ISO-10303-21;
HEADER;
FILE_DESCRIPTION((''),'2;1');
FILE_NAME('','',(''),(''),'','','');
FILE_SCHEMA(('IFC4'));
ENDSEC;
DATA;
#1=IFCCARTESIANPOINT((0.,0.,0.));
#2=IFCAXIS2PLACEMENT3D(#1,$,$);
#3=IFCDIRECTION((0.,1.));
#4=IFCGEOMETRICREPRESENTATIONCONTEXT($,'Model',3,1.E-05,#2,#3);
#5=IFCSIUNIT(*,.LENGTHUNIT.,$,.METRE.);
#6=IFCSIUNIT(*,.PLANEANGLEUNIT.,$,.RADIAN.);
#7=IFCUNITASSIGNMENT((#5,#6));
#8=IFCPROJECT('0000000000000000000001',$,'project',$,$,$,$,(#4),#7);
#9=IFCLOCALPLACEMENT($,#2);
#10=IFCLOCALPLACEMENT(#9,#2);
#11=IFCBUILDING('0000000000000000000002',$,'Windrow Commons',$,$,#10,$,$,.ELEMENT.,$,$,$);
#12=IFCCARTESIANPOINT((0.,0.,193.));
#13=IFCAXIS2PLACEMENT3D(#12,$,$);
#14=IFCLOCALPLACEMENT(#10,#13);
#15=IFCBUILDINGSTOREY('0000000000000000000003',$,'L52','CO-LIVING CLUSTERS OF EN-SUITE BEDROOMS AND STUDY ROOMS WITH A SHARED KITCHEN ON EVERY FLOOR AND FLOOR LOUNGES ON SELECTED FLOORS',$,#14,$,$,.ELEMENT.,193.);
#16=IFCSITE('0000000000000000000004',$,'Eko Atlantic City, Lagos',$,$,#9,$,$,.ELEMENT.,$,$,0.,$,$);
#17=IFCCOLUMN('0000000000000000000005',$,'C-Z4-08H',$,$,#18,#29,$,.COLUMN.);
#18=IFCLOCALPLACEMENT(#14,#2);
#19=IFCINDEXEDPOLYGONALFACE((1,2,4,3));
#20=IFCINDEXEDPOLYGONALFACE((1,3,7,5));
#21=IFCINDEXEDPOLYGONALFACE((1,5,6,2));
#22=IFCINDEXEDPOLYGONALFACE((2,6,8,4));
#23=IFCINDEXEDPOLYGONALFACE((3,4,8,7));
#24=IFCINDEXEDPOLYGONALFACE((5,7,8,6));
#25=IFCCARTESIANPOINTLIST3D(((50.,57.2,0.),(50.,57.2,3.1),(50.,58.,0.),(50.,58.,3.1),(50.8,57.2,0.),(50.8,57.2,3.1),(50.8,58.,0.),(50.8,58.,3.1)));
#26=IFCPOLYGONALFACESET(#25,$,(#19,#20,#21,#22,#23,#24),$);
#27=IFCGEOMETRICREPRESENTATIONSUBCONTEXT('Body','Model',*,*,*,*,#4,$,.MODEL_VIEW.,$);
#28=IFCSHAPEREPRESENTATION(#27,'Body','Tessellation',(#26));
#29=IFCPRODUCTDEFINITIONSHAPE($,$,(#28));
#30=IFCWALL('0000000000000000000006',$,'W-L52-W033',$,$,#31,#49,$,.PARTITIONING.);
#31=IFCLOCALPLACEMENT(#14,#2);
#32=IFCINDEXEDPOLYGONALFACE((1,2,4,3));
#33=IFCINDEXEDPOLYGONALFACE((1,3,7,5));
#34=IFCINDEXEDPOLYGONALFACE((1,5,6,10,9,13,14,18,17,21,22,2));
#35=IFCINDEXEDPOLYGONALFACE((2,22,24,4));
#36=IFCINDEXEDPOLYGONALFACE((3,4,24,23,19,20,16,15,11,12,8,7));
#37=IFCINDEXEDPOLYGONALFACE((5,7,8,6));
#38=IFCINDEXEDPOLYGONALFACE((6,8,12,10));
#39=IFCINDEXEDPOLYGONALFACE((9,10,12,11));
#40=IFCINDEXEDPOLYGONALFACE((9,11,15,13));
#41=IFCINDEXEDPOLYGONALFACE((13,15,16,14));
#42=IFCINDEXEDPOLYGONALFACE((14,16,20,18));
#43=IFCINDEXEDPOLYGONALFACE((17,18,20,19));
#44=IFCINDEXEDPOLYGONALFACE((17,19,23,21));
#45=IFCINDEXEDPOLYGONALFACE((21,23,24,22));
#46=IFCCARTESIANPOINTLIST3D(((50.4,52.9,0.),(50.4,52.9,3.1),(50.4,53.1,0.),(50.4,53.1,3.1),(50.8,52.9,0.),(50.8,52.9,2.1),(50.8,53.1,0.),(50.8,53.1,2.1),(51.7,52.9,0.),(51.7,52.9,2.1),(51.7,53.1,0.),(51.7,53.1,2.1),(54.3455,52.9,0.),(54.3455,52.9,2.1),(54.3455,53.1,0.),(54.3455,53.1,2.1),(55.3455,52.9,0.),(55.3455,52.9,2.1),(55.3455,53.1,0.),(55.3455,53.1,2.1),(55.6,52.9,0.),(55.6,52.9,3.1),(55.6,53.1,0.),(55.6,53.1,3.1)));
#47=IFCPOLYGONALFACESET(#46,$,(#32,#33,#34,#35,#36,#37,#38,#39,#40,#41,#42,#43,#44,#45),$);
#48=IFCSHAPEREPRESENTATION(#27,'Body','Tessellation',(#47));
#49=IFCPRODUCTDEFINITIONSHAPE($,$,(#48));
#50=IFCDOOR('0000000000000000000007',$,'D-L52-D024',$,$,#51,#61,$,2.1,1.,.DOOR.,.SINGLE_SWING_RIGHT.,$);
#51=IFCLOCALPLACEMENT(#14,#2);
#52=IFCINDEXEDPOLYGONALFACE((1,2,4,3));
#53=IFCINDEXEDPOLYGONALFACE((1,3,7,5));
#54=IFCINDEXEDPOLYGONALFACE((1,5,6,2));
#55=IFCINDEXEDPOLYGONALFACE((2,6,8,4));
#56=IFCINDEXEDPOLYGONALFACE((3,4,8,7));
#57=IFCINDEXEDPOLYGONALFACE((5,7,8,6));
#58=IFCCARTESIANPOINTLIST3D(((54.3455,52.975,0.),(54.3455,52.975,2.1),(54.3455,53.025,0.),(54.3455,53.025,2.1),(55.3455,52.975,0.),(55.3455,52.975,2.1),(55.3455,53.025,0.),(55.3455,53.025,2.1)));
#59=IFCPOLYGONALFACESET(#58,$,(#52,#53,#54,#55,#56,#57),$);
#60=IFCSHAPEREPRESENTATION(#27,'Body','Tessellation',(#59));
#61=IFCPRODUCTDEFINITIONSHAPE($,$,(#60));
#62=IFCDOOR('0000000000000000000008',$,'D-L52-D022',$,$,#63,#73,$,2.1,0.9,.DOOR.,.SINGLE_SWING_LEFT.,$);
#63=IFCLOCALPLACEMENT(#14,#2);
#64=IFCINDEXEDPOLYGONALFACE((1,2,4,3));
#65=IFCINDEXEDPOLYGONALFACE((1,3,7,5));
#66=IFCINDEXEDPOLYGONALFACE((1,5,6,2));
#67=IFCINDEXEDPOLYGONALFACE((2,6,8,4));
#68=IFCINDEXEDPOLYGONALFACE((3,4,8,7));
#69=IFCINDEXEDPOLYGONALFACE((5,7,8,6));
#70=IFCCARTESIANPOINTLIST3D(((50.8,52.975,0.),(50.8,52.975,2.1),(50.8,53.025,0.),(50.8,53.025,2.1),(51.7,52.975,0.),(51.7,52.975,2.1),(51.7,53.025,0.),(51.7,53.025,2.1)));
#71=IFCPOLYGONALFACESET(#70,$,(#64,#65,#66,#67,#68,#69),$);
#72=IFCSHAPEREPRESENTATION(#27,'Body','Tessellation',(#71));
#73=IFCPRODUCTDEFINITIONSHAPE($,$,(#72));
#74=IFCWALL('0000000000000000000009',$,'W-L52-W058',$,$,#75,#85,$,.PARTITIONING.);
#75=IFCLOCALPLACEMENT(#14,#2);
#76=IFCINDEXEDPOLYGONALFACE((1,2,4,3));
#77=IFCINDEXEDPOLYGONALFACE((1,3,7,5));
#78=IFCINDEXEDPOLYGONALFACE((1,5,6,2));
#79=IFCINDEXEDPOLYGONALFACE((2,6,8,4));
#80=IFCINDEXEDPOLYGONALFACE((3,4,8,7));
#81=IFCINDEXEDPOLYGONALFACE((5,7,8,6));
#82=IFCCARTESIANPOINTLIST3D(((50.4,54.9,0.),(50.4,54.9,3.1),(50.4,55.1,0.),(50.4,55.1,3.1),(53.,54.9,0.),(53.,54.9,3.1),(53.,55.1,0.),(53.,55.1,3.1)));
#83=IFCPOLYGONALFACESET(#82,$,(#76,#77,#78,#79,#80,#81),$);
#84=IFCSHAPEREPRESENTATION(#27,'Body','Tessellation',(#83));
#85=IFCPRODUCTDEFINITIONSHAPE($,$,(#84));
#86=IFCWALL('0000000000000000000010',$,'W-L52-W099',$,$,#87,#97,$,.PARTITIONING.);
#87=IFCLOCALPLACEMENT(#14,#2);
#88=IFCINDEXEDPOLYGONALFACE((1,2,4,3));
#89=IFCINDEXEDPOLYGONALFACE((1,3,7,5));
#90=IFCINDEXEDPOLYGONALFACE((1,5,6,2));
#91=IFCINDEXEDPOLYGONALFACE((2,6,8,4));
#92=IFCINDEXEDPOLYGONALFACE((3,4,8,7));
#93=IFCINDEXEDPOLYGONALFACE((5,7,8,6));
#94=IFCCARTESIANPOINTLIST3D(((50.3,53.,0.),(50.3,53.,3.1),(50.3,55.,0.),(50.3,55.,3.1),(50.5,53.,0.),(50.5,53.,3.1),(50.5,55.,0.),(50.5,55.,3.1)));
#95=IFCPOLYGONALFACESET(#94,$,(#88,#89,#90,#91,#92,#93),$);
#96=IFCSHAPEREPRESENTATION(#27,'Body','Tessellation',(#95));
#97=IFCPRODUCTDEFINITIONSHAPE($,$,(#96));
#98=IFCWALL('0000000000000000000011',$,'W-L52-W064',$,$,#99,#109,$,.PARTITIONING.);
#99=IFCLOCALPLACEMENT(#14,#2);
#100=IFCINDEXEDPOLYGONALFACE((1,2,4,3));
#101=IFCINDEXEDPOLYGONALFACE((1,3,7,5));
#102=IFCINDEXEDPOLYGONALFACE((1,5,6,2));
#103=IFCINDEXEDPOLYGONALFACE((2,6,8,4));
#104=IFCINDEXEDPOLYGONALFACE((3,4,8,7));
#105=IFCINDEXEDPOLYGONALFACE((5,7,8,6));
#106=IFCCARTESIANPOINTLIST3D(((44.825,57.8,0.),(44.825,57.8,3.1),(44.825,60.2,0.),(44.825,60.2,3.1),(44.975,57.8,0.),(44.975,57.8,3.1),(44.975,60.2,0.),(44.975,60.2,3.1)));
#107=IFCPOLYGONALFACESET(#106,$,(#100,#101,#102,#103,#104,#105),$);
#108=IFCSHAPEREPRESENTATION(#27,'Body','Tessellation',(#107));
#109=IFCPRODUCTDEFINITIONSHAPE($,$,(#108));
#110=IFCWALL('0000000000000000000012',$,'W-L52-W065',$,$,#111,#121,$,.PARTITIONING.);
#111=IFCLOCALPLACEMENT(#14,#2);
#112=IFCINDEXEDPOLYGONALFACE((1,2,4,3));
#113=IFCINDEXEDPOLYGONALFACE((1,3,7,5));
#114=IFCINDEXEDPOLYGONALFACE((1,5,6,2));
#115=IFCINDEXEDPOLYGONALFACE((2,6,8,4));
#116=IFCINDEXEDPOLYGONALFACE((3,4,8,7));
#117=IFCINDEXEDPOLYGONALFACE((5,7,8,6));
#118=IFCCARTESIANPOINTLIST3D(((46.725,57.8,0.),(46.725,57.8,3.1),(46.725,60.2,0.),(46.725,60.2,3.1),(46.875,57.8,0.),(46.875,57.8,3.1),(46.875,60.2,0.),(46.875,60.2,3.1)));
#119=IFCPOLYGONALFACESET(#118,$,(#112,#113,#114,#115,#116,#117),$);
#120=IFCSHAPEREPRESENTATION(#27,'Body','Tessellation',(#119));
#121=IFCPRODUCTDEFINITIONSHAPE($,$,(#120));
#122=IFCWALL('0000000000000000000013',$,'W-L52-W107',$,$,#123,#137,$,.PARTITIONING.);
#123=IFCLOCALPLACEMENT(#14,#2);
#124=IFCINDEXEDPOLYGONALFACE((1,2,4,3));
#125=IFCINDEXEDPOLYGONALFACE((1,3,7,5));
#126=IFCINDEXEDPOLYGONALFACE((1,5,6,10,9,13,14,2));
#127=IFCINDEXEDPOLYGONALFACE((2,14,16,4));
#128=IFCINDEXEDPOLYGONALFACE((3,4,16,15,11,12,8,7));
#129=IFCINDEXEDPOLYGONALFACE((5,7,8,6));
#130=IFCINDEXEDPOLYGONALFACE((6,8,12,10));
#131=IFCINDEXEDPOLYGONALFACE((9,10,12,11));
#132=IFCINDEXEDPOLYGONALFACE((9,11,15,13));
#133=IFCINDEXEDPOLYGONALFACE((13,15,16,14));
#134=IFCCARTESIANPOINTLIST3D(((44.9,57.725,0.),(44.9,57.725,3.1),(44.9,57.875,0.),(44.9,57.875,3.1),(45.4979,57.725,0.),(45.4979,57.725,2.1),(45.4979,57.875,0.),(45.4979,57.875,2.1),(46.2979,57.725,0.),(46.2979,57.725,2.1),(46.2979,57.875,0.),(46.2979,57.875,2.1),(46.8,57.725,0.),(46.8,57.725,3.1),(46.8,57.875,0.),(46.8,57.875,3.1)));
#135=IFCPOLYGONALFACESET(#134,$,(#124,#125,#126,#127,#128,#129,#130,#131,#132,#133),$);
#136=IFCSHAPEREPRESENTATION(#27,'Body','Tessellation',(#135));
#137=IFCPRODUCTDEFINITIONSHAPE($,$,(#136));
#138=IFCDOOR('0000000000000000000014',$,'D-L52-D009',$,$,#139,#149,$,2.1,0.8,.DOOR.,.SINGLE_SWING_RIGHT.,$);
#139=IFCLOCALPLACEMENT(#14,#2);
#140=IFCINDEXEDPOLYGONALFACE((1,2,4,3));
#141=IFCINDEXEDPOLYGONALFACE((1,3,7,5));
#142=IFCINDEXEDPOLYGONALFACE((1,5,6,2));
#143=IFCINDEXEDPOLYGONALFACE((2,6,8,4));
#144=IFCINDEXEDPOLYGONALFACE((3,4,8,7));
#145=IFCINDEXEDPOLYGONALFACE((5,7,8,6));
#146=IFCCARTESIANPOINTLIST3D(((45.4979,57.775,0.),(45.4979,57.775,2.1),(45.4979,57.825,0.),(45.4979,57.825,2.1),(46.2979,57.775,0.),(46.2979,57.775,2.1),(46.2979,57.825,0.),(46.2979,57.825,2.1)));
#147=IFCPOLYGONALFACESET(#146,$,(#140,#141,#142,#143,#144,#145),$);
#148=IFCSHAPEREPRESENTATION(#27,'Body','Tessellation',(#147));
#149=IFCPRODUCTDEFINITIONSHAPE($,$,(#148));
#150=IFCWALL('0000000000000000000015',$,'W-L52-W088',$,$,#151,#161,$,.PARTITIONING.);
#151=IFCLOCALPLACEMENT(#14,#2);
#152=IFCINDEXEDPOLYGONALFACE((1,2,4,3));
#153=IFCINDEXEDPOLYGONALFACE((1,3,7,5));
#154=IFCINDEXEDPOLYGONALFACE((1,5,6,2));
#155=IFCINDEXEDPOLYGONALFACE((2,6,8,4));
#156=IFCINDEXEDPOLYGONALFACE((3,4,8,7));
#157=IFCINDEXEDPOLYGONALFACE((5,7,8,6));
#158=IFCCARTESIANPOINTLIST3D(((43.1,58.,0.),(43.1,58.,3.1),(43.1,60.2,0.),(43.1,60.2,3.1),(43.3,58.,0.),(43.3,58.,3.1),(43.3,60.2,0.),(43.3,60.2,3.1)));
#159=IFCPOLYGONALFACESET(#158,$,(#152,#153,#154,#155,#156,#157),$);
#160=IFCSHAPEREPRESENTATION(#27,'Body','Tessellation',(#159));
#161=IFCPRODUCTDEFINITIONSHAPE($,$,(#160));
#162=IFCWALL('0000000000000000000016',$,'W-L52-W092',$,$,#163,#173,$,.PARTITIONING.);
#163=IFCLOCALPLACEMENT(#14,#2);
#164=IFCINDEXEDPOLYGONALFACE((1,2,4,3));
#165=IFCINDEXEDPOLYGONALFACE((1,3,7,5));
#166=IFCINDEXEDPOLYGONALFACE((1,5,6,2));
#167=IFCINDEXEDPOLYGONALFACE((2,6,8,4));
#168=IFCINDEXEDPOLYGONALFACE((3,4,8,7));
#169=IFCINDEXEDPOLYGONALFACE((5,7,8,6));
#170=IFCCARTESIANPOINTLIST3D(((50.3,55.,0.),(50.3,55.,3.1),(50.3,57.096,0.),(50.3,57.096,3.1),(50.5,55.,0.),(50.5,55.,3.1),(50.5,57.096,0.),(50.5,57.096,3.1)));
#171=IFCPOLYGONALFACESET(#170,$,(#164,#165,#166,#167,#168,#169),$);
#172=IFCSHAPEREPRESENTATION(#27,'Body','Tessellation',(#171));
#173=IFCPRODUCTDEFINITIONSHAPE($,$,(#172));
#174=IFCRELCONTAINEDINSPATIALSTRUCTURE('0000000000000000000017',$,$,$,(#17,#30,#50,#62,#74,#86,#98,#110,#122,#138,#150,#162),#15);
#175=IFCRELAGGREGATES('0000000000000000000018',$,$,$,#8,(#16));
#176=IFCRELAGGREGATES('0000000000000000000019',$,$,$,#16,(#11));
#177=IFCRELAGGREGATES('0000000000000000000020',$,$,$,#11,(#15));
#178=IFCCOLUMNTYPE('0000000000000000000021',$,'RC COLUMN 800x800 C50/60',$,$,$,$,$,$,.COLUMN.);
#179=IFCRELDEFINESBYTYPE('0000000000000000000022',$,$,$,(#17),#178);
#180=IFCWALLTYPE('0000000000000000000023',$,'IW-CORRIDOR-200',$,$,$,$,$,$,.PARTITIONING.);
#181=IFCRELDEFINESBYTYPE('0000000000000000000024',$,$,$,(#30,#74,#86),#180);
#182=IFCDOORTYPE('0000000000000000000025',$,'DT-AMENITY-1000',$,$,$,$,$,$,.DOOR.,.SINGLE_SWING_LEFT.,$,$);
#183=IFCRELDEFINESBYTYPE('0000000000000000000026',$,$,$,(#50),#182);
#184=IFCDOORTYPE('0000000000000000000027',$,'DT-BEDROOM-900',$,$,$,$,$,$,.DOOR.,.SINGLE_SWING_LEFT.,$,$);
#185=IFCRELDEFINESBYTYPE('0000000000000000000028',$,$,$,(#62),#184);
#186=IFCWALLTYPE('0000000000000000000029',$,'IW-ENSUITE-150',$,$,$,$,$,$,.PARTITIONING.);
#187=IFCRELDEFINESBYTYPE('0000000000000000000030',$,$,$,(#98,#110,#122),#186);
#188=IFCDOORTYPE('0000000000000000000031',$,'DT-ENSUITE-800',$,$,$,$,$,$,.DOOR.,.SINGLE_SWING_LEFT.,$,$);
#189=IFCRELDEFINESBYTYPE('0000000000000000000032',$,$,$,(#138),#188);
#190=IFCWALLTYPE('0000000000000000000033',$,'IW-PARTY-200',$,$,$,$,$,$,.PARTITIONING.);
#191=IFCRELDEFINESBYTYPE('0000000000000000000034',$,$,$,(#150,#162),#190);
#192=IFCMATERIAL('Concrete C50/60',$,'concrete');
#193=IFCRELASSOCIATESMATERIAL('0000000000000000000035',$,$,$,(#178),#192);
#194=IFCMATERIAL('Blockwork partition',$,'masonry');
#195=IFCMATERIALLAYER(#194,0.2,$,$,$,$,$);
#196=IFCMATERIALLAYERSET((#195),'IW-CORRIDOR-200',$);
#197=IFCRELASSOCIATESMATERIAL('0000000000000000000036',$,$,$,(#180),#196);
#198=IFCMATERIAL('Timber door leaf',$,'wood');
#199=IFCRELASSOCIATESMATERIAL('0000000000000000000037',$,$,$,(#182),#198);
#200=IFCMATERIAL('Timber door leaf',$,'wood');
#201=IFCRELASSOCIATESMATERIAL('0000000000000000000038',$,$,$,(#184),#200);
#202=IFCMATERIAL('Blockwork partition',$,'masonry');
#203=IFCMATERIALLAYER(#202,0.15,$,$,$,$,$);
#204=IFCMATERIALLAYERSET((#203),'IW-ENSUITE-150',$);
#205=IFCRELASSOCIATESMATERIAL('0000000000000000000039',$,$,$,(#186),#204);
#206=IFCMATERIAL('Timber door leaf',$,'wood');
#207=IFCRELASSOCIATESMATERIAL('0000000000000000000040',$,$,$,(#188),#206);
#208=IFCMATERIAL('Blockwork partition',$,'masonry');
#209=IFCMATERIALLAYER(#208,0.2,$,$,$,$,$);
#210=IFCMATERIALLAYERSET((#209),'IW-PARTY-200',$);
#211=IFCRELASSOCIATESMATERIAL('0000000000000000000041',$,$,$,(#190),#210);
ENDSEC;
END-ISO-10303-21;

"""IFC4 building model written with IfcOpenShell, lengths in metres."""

from ifc_helpers import new_model, si_unit, direction, frame, frame_2d, origin, origin_2d, place, context, subcontext, project, spatial, rectangle, extrude, material, layer, layer_set, material_profile, profile_set, type_object, element, fill, save


model = new_model("IFC4")

# Units and contexts
model_context = context("Model", 3, precision=1e-05, world=origin(), true_north=direction((0.0, 1.0)))
body_context = subcontext(model_context, "Body", "Model", "MODEL_VIEW")
ifc_project = project(units=[si_unit("LENGTHUNIT", "METRE"), si_unit("PLANEANGLEUNIT", "RADIAN")], contexts=[model_context])

# Site, building, storey
site_placement = place(None, origin())
site = spatial("IfcSite", under=ifc_project, at=site_placement, Name="Eko Atlantic City, Lagos", CompositionType="ELEMENT", RefElevation=0.0)
building_placement = place(site_placement, origin())
building = spatial("IfcBuilding", under=site, at=building_placement, Name="Windrow Commons", CompositionType="ELEMENT")
storey_placement = place(building_placement, frame((0.0, 0.0, 193.0)))
storey = spatial("IfcBuildingStorey", under=building, at=storey_placement, Name="L52", Description="CO-LIVING CLUSTERS OF EN-SUITE BEDROOMS AND STUDY ROOMS WITH A SHARED KITCHEN ON EVERY FLOOR AND FLOOR LOUNGES ON SELECTED FLOORS", CompositionType="ELEMENT", Elevation=193.0)

# Column
ifc_material_1 = material(Name="Concrete C50/60", Category="concrete")
ifc_material_profile = material_profile(ifc_material_1, rectangle(XDim=0.8, YDim=0.8, at=origin_2d()))
ifc_profile_set = profile_set([ifc_material_profile], Name="Concrete C50/60")
column_type = type_object("IfcColumnType", Name="RC COLUMN 800x800 C50/60", PredefinedType="COLUMN", material=ifc_profile_set)
column_placement = place(storey_placement, frame((50.4, 57.6, 0.0), z_axis=(0.0, 0.0, 1.0), x_axis=(1.0, 0.0, 0.0)))
element("IfcColumn", 1, at=column_placement, inside=storey, type_object=column_type, Name="C-Z4-08H", PredefinedType="COLUMN", context=body_context, shape_type="SweptSolid", body=[
    extrude(rectangle(XDim=0.8, YDim=0.8, at=origin_2d()), origin(), (0.0, 0.0, 1.0), 3.1),
])

# Wall, openings, doors
ifc_material_2 = material(Name="Blockwork partition", Category="masonry")
ifc_layer_1 = layer(ifc_material_2, 0.2)
ifc_layer_set_1 = layer_set([ifc_layer_1], Name="IW-CORRIDOR-200")
wall_type_1 = type_object("IfcWallType", Name="IW-CORRIDOR-200", PredefinedType="PARTITIONING", material=ifc_layer_set_1)
wall_1_placement = place(storey_placement, frame((50.4, 53.0, 0.0), z_axis=(0.0, 0.0, 1.0), x_axis=(1.0, 0.0, 0.0)))
wall_1 = element("IfcWall", 2, at=wall_1_placement, inside=storey, type_object=wall_type_1, Name="W-L52-W033", PredefinedType="PARTITIONING", context=body_context, shape_type="SweptSolid", body=[
    extrude(rectangle(XDim=5.2, YDim=0.2, at=frame_2d((2.6, 0.0))), origin(), (0.0, 0.0, 1.0), 3.1),
])
opening_1_placement = place(wall_1_placement, frame((0.4, 0.0, 0.0)))
opening_1 = element("IfcOpeningElement", 3, at=opening_1_placement, cuts=wall_1, PredefinedType="OPENING", context=body_context, shape_type="SweptSolid", body=[
    extrude(rectangle(XDim=0.9, YDim=2.1, at=frame_2d((0.45, 1.05))), frame((0.0, 0.11, 0.0), z_axis=(0.0, -1.0, 0.0), x_axis=(1.0, 0.0, 0.0)), (0.0, 0.0, 1.0), 0.22),
])
opening_2_placement = place(wall_1_placement, frame((3.9455, 0.0, 0.0)))
opening_2 = element("IfcOpeningElement", 4, at=opening_2_placement, cuts=wall_1, PredefinedType="OPENING", context=body_context, shape_type="SweptSolid", body=[
    extrude(rectangle(XDim=1.0, YDim=2.1, at=frame_2d((0.5, 1.05))), frame((0.0, 0.11, 0.0), z_axis=(0.0, -1.0, 0.0), x_axis=(1.0, 0.0, 0.0)), (0.0, 0.0, 1.0), 0.22),
])
ifc_material_3 = material(Name="Timber door leaf", Category="wood")
door_type_1 = type_object("IfcDoorType", Name="DT-AMENITY-1000", OperationType="SINGLE_SWING_LEFT", PredefinedType="DOOR", material=ifc_material_3)
door_1_placement = place(opening_2_placement, origin())
door_1 = element("IfcDoor", 5, at=door_1_placement, inside=storey, type_object=door_type_1, Name="D-L52-D024", OperationType="SINGLE_SWING_RIGHT", OverallHeight=2.1, OverallWidth=1.0, PredefinedType="DOOR", context=body_context, shape_type="SweptSolid", body=[
    extrude(rectangle(XDim=1.0, YDim=2.1, at=frame_2d((0.5, 1.05))), frame((0.0, 0.025, 0.0), z_axis=(0.0, -1.0, 0.0), x_axis=(1.0, 0.0, 0.0)), (0.0, 0.0, 1.0), 0.05),
])
fill(opening_2, door_1)
ifc_material_4 = material(Name="Timber door leaf", Category="wood")
door_type_2 = type_object("IfcDoorType", Name="DT-BEDROOM-900", OperationType="SINGLE_SWING_LEFT", PredefinedType="DOOR", material=ifc_material_4)
door_2_placement = place(opening_1_placement, origin())
door_2 = element("IfcDoor", 6, at=door_2_placement, inside=storey, type_object=door_type_2, Name="D-L52-D022", OperationType="SINGLE_SWING_LEFT", OverallHeight=2.1, OverallWidth=0.9, PredefinedType="DOOR", context=body_context, shape_type="SweptSolid", body=[
    extrude(rectangle(XDim=0.9, YDim=2.1, at=frame_2d((0.45, 1.05))), frame((0.0, 0.025, 0.0), z_axis=(0.0, -1.0, 0.0), x_axis=(1.0, 0.0, 0.0)), (0.0, 0.0, 1.0), 0.05),
])
fill(opening_1, door_2)

# Walls
wall_2_placement = place(storey_placement, frame((50.4, 55.0, 0.0), z_axis=(0.0, 0.0, 1.0), x_axis=(1.0, 0.0, 0.0)))
element("IfcWall", 7, at=wall_2_placement, inside=storey, type_object=wall_type_1, Name="W-L52-W058", PredefinedType="PARTITIONING", context=body_context, shape_type="SweptSolid", body=[
    extrude(rectangle(XDim=2.6, YDim=0.2, at=frame_2d((1.3, 0.0))), origin(), (0.0, 0.0, 1.0), 3.1),
])
wall_3_placement = place(storey_placement, frame((50.4, 53.0, 0.0), z_axis=(0.0, 0.0, 1.0), x_axis=(0.0, 1.0, 0.0)))
element("IfcWall", 8, at=wall_3_placement, inside=storey, type_object=wall_type_1, Name="W-L52-W099", PredefinedType="PARTITIONING", context=body_context, shape_type="SweptSolid", body=[
    extrude(rectangle(XDim=2.0, YDim=0.2, at=frame_2d((1.0, 0.0))), origin(), (0.0, 0.0, 1.0), 3.1),
])
ifc_material_5 = material(Name="Blockwork partition", Category="masonry")
ifc_layer_2 = layer(ifc_material_5, 0.15)
ifc_layer_set_2 = layer_set([ifc_layer_2], Name="IW-ENSUITE-150")
wall_type_2 = type_object("IfcWallType", Name="IW-ENSUITE-150", PredefinedType="PARTITIONING", material=ifc_layer_set_2)
for number, where, z_axis, x_axis, name in (
    (9, (44.9, 57.8, 0.0), (0.0, 0.0, 1.0), (0.0, 1.0, 0.0), "W-L52-W064"),
    (10, (46.8, 57.8, 0.0), (0.0, 0.0, 1.0), (0.0, 1.0, 0.0), "W-L52-W065"),
):
    element("IfcWall", number, at=place(storey_placement, frame(where, z_axis=z_axis, x_axis=x_axis)), inside=storey, type_object=wall_type_2, Name=name, PredefinedType="PARTITIONING", context=body_context, shape_type="SweptSolid", body=[
        extrude(rectangle(XDim=2.4, YDim=0.15, at=frame_2d((1.2, 0.0))), origin(), (0.0, 0.0, 1.0), 3.1),
    ])

# Wall, opening, door
wall_4_placement = place(storey_placement, frame((44.9, 57.8, 0.0), z_axis=(0.0, 0.0, 1.0), x_axis=(1.0, 0.0, 0.0)))
wall_4 = element("IfcWall", 11, at=wall_4_placement, inside=storey, type_object=wall_type_2, Name="W-L52-W107", PredefinedType="PARTITIONING", context=body_context, shape_type="SweptSolid", body=[
    extrude(rectangle(XDim=1.9, YDim=0.15, at=frame_2d((0.95, 0.0))), origin(), (0.0, 0.0, 1.0), 3.1),
])
opening_3_placement = place(wall_4_placement, frame((0.5979, 0.0, 0.0)))
opening_3 = element("IfcOpeningElement", 12, at=opening_3_placement, cuts=wall_4, PredefinedType="OPENING", context=body_context, shape_type="SweptSolid", body=[
    extrude(rectangle(XDim=0.8, YDim=2.1, at=frame_2d((0.4, 1.05))), frame((0.0, 0.085, 0.0), z_axis=(0.0, -1.0, 0.0), x_axis=(1.0, 0.0, 0.0)), (0.0, 0.0, 1.0), 0.17),
])
ifc_material_6 = material(Name="Timber door leaf", Category="wood")
door_type_3 = type_object("IfcDoorType", Name="DT-ENSUITE-800", OperationType="SINGLE_SWING_LEFT", PredefinedType="DOOR", material=ifc_material_6)
door_3_placement = place(opening_3_placement, origin())
door_3 = element("IfcDoor", 13, at=door_3_placement, inside=storey, type_object=door_type_3, Name="D-L52-D009", OperationType="SINGLE_SWING_RIGHT", OverallHeight=2.1, OverallWidth=0.8, PredefinedType="DOOR", context=body_context, shape_type="SweptSolid", body=[
    extrude(rectangle(XDim=0.8, YDim=2.1, at=frame_2d((0.4, 1.05))), frame((0.0, 0.025, 0.0), z_axis=(0.0, -1.0, 0.0), x_axis=(1.0, 0.0, 0.0)), (0.0, 0.0, 1.0), 0.05),
])
fill(opening_3, door_3)

# Walls
ifc_material_7 = material(Name="Blockwork partition", Category="masonry")
ifc_layer_3 = layer(ifc_material_7, 0.2)
ifc_layer_set_3 = layer_set([ifc_layer_3], Name="IW-PARTY-200")
wall_type_3 = type_object("IfcWallType", Name="IW-PARTY-200", PredefinedType="PARTITIONING", material=ifc_layer_set_3)
wall_5_placement = place(storey_placement, frame((43.2, 58.0, 0.0), z_axis=(0.0, 0.0, 1.0), x_axis=(0.0, 1.0, 0.0)))
element("IfcWall", 14, at=wall_5_placement, inside=storey, type_object=wall_type_3, Name="W-L52-W088", PredefinedType="PARTITIONING", context=body_context, shape_type="SweptSolid", body=[
    extrude(rectangle(XDim=2.2, YDim=0.2, at=frame_2d((1.1, 0.0))), origin(), (0.0, 0.0, 1.0), 3.1),
])
wall_6_placement = place(storey_placement, frame((50.4, 55.0, 0.0), z_axis=(0.0, 0.0, 1.0), x_axis=(0.0, 1.0, 0.0)))
element("IfcWall", 15, at=wall_6_placement, inside=storey, type_object=wall_type_3, Name="W-L52-W092", PredefinedType="PARTITIONING", context=body_context, shape_type="SweptSolid", body=[
    extrude(rectangle(XDim=2.096, YDim=0.2, at=frame_2d((1.048, 0.0))), origin(), (0.0, 0.0, 1.0), 3.1),
])

save(model, "model.ifc")
